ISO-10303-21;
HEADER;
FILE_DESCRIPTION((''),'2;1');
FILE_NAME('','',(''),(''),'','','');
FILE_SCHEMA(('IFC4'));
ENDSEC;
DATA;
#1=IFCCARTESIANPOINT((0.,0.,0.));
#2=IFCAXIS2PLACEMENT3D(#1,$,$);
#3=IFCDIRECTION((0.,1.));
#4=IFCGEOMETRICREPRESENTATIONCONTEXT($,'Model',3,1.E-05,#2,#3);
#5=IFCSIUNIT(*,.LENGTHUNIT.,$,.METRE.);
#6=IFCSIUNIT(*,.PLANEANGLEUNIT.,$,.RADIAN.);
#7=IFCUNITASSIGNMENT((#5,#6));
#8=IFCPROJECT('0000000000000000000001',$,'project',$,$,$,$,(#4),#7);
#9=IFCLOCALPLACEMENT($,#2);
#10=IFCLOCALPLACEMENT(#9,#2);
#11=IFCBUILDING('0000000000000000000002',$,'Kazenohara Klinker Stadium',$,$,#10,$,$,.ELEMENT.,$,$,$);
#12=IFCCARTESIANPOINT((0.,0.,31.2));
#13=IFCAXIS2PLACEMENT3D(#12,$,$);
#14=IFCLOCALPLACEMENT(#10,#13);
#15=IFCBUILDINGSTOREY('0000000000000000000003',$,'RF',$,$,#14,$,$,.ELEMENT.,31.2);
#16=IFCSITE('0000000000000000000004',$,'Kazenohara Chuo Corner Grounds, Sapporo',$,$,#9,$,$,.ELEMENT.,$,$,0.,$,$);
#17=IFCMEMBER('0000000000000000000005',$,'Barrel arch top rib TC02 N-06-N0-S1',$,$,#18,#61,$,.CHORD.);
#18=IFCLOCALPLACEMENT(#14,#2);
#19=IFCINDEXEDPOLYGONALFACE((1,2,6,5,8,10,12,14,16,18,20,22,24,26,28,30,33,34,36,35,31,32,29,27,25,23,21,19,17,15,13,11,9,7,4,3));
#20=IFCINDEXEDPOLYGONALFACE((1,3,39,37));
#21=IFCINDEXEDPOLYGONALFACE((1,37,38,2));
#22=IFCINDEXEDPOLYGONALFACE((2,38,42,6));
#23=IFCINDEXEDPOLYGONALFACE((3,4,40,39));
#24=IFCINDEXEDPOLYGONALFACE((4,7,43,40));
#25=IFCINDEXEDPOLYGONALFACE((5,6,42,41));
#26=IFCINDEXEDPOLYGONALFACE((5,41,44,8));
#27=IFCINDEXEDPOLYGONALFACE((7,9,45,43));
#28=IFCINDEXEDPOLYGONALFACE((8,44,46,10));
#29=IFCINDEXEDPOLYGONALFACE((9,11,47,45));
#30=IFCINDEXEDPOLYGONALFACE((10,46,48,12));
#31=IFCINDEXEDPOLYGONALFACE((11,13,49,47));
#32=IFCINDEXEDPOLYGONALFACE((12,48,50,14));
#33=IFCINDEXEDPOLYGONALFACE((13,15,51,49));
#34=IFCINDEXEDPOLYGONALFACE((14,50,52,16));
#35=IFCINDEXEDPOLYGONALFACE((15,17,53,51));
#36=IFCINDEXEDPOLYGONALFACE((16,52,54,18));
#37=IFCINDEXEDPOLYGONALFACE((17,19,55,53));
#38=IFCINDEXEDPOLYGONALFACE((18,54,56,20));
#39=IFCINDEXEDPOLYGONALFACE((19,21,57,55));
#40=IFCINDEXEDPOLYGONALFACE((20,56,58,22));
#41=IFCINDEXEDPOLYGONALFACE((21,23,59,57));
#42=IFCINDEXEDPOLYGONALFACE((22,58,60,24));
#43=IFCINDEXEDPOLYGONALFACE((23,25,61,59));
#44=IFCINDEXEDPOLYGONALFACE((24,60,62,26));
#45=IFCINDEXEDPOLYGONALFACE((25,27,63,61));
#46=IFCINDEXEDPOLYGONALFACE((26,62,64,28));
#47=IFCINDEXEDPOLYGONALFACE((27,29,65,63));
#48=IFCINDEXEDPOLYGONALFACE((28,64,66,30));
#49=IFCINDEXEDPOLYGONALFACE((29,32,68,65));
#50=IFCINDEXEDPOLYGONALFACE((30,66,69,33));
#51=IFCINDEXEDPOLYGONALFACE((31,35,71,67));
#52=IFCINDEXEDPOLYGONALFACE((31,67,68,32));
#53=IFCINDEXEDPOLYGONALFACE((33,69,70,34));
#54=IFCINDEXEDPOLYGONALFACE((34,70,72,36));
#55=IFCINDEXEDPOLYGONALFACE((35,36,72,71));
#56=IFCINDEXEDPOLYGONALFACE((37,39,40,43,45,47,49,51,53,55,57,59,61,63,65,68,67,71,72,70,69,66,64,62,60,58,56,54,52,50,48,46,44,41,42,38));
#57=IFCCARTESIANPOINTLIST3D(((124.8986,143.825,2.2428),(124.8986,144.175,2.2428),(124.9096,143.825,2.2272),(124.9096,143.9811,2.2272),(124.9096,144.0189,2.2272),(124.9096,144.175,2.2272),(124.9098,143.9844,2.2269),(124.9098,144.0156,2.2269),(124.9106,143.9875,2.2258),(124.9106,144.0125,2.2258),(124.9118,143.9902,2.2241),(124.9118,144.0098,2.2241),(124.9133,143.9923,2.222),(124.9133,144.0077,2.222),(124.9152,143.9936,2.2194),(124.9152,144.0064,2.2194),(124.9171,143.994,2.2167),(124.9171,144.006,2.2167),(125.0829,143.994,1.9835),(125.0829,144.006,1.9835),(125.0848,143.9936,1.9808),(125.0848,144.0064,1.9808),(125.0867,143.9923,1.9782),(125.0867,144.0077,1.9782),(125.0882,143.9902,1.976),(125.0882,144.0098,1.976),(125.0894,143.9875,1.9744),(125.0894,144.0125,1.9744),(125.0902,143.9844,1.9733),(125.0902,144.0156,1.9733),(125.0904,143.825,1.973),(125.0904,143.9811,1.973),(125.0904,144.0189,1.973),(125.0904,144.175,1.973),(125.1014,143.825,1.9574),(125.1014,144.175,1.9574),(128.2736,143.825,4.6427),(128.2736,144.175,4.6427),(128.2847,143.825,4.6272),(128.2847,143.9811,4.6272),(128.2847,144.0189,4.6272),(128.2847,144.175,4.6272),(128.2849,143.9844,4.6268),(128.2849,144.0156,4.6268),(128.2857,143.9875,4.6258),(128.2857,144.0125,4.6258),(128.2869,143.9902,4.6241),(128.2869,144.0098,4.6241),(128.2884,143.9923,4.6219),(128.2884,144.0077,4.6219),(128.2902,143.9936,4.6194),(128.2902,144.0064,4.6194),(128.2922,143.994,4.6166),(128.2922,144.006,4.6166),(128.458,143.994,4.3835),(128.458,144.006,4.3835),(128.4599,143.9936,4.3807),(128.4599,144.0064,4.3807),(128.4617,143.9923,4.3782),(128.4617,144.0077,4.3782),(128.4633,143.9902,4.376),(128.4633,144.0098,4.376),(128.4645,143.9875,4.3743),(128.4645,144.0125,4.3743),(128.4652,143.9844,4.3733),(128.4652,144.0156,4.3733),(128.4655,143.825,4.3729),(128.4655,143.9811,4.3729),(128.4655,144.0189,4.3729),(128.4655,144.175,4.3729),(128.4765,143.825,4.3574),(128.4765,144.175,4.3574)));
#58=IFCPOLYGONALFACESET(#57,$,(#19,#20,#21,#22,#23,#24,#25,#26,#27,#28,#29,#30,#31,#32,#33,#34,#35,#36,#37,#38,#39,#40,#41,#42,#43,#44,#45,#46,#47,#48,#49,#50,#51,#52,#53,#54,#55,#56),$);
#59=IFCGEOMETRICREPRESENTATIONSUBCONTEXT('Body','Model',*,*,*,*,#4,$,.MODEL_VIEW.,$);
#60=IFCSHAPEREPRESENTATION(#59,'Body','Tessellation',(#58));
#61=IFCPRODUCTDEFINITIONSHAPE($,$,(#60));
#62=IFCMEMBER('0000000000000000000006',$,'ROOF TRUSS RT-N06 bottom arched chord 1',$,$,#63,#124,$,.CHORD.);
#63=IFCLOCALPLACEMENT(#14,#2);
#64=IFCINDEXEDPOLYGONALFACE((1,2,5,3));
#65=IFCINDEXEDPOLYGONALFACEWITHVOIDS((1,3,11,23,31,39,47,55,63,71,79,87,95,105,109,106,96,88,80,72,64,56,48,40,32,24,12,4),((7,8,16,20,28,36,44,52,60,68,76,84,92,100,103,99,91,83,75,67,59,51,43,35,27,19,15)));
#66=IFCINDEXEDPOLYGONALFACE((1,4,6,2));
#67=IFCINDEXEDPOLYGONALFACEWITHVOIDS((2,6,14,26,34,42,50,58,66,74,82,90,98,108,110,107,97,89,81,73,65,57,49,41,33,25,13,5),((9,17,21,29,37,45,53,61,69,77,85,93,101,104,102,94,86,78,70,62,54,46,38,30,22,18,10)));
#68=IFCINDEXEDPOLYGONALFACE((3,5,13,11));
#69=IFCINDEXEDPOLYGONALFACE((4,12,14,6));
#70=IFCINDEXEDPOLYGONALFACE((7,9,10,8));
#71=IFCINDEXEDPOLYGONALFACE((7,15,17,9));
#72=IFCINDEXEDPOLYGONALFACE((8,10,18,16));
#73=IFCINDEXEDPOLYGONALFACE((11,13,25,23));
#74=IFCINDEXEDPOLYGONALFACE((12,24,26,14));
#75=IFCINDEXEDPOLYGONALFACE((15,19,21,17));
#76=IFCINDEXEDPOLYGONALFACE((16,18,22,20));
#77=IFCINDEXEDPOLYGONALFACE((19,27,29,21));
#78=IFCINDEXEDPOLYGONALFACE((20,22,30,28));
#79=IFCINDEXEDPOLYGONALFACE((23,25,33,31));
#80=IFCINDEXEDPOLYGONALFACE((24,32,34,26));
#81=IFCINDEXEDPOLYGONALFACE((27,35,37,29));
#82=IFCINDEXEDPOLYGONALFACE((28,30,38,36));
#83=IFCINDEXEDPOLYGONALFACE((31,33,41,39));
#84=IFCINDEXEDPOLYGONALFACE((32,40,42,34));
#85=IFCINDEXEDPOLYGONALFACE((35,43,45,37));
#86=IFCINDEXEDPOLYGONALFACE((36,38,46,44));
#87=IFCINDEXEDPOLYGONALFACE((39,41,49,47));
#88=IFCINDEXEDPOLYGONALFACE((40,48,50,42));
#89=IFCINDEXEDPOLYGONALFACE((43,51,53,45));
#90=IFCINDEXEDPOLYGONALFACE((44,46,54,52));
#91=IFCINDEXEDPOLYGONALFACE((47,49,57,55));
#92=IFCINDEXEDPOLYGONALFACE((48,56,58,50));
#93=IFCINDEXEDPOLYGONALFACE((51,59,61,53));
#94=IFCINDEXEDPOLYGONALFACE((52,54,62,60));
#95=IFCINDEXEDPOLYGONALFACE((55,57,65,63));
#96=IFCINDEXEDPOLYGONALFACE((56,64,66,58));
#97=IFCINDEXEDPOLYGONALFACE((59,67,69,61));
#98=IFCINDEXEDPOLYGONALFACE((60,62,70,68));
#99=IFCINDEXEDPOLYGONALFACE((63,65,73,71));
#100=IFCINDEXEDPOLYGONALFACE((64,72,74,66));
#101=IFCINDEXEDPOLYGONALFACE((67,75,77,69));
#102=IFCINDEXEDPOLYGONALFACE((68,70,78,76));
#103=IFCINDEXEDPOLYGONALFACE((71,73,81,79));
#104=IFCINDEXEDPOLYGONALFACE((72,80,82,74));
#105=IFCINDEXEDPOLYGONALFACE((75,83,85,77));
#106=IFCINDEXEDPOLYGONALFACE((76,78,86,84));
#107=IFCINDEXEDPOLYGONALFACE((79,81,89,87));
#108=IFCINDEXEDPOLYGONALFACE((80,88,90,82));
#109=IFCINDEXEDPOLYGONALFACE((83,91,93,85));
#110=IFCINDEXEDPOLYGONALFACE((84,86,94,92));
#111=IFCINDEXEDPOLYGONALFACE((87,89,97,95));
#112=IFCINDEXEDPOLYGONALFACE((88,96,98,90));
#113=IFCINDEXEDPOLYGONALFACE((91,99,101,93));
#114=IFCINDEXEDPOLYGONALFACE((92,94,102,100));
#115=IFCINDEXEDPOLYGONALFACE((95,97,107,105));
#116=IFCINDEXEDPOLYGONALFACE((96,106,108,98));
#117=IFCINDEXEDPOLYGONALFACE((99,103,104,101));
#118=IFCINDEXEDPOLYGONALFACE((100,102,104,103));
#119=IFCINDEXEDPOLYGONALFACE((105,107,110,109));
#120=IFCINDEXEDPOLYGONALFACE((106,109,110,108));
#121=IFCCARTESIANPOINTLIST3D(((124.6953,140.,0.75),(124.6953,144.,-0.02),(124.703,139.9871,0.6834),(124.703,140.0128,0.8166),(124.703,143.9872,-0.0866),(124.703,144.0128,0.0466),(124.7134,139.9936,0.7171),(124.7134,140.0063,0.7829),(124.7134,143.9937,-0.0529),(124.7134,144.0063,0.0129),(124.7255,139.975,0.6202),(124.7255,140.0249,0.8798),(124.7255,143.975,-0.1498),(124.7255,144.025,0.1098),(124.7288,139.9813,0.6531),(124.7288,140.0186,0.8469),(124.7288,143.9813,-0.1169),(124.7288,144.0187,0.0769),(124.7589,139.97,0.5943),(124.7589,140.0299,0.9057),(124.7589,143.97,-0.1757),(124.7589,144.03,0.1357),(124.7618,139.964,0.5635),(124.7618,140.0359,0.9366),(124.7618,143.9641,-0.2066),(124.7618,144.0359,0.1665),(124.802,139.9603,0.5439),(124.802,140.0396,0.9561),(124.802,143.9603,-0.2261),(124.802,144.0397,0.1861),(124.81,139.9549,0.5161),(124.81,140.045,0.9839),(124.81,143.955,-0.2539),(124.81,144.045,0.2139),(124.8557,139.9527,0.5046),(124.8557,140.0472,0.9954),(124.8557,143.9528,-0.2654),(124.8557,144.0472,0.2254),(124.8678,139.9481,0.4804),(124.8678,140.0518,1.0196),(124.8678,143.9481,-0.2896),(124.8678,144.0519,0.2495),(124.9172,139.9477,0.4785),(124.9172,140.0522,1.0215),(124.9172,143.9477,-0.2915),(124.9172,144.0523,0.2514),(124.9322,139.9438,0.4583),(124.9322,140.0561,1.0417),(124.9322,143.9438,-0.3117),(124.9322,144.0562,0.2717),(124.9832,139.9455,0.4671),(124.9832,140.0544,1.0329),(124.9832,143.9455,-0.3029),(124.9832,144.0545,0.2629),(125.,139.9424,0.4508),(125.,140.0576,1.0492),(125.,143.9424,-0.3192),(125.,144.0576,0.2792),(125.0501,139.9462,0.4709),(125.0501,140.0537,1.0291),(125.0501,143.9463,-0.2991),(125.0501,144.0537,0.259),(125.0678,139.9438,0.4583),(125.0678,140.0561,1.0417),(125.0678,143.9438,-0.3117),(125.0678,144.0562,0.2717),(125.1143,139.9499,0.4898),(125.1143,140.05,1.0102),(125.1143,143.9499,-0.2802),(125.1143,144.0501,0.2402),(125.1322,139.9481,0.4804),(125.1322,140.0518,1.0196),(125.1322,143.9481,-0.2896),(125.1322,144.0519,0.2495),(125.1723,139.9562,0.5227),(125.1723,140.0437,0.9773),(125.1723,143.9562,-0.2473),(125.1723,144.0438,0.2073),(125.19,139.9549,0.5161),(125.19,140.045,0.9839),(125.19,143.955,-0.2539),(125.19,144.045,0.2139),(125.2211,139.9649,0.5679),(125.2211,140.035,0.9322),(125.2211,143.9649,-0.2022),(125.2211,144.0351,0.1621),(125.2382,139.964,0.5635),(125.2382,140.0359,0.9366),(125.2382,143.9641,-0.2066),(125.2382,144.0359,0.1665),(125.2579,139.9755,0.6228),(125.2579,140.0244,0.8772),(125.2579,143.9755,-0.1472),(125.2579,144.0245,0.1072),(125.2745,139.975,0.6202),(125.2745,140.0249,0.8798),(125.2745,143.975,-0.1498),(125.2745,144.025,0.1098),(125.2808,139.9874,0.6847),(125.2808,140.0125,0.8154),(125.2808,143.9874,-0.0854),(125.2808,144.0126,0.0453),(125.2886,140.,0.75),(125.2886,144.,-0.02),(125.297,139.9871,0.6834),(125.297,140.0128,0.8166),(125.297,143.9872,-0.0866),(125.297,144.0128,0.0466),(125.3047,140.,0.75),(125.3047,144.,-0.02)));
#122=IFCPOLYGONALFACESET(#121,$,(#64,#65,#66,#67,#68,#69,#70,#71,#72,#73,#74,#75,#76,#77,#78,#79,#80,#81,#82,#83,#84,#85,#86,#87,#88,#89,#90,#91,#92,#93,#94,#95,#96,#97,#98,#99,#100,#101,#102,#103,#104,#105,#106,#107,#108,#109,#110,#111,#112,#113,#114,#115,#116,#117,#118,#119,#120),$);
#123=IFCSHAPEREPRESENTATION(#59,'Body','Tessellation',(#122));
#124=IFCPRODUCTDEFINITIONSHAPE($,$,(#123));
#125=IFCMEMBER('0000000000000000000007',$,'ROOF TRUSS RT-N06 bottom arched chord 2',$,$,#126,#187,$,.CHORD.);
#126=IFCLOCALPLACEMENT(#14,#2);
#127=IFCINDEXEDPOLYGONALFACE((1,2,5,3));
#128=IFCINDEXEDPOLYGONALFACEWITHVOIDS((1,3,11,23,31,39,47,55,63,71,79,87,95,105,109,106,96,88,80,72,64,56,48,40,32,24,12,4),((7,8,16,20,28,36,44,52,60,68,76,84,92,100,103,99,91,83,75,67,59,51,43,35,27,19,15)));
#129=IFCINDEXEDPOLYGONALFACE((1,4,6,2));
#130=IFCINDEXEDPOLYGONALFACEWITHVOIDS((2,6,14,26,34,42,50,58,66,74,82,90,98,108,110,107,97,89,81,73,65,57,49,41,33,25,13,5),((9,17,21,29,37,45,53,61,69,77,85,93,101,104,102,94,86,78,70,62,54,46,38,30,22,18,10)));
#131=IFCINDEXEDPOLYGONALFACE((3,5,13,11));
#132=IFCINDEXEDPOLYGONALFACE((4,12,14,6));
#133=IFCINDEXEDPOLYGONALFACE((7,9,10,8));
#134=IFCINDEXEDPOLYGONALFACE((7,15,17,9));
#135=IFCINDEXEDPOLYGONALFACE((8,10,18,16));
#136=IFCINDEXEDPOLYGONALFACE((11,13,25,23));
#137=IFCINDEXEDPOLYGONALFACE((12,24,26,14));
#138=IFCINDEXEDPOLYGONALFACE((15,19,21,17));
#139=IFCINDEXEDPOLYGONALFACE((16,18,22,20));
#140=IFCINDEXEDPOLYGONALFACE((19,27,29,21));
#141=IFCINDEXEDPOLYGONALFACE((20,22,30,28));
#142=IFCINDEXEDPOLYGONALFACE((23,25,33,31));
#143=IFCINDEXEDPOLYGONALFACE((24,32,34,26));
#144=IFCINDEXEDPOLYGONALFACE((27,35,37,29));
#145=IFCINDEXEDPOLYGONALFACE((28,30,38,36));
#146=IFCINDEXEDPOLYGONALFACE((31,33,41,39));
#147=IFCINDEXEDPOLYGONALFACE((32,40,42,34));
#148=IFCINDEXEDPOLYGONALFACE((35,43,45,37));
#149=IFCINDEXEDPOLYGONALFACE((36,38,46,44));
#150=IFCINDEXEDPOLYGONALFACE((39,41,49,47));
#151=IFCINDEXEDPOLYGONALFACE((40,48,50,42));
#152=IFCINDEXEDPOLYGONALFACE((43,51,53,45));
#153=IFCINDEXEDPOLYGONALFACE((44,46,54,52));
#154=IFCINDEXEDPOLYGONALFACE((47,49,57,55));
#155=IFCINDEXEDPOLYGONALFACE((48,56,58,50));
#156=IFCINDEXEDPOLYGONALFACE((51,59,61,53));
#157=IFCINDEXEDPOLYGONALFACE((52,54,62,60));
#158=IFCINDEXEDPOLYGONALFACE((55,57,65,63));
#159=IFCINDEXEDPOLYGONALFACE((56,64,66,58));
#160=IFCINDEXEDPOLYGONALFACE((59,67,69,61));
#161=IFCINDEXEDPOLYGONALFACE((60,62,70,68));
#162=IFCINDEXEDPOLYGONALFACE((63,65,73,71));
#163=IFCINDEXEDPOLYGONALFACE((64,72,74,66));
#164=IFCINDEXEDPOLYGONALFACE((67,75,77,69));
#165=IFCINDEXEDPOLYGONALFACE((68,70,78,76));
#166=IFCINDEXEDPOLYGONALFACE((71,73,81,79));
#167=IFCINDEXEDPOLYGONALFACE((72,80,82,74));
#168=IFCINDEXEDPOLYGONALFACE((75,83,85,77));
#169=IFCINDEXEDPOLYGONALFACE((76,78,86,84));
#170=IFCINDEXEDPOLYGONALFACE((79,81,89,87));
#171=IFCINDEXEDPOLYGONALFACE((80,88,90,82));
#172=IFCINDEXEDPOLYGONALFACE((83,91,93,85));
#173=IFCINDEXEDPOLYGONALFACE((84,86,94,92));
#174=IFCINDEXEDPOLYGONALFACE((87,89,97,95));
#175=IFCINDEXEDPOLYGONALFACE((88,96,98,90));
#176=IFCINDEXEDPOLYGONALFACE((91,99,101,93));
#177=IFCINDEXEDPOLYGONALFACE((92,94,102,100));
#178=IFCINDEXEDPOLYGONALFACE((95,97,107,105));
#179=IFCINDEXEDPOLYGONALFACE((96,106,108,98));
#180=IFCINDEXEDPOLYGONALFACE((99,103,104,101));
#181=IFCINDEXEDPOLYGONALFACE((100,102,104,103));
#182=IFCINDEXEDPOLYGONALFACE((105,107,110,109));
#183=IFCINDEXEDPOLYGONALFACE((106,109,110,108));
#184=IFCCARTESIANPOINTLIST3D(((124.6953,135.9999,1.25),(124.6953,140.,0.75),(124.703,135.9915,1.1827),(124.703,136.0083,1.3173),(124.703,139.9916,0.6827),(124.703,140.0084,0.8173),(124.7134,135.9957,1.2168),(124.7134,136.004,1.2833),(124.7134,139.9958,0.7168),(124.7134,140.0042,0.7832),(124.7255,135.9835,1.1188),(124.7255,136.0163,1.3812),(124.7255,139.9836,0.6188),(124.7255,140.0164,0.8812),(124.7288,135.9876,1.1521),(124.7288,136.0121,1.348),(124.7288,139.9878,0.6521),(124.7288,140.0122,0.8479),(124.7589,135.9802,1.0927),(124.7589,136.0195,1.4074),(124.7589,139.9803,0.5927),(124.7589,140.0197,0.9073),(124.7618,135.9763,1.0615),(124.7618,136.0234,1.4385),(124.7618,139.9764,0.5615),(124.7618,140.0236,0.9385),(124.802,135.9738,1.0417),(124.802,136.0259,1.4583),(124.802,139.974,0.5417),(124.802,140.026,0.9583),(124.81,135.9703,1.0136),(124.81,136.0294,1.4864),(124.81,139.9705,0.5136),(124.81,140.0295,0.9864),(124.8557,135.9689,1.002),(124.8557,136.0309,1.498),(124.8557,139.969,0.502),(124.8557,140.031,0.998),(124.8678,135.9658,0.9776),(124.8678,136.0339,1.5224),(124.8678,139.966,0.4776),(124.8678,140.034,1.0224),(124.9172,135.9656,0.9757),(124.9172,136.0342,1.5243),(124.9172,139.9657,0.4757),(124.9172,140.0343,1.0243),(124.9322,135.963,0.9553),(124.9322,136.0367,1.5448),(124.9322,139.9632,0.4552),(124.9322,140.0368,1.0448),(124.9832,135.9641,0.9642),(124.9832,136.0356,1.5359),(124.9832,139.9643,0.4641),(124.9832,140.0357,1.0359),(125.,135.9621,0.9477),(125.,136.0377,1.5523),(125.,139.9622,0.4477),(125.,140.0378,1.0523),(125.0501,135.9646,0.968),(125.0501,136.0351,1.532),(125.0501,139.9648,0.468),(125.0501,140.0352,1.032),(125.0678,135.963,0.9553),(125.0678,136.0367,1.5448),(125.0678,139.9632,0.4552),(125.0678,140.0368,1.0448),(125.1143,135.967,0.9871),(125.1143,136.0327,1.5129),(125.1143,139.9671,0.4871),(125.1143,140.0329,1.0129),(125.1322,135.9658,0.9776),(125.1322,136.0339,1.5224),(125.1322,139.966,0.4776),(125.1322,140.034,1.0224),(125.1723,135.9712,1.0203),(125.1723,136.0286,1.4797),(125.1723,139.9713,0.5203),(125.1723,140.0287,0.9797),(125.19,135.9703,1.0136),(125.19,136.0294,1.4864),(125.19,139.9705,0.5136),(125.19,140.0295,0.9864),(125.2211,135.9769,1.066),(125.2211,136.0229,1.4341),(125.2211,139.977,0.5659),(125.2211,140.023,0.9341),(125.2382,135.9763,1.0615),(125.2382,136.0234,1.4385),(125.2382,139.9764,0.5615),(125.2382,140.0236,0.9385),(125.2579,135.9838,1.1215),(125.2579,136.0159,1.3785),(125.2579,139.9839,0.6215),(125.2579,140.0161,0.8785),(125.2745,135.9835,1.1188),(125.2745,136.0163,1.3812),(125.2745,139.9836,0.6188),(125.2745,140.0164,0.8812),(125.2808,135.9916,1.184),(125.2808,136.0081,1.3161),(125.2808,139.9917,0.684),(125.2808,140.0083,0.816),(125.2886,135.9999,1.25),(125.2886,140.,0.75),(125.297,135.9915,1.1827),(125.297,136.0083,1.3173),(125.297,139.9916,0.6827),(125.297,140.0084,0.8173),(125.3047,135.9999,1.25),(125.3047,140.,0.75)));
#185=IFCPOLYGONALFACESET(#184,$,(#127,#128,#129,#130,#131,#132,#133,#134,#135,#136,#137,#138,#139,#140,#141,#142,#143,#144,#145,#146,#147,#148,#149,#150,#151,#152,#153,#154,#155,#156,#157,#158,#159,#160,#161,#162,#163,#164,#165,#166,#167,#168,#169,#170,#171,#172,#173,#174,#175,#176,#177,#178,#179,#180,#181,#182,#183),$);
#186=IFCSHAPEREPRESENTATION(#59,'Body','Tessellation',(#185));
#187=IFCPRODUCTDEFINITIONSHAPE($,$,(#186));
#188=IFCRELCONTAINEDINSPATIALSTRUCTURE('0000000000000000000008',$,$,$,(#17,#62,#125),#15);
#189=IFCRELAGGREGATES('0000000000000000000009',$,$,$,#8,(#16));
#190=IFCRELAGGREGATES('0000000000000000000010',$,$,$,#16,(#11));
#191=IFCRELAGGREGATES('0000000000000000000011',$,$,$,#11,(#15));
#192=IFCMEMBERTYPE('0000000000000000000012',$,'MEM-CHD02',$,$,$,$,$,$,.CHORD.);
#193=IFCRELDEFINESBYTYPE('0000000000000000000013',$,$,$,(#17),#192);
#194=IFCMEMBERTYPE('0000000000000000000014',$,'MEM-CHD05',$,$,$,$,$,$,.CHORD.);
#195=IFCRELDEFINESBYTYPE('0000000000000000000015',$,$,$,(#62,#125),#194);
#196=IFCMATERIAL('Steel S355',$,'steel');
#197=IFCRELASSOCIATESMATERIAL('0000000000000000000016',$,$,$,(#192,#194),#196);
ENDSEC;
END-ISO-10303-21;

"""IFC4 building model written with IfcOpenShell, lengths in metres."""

from ifc_helpers import new_model, si_unit, direction, frame, origin, origin_2d, place, context, subcontext, project, spatial, hollow_circle, i_section, extrude, material, material_profile, profile_set, type_object, element, save


model = new_model("IFC4")

# Units and contexts
model_context = context("Model", 3, precision=1e-05, world=origin(), true_north=direction((0.0, 1.0)))
body_context = subcontext(model_context, "Body", "Model", "MODEL_VIEW")
ifc_project = project(units=[si_unit("LENGTHUNIT", "METRE"), si_unit("PLANEANGLEUNIT", "RADIAN")], contexts=[model_context])

# Site, building, storey
site_placement = place(None, origin())
site = spatial("IfcSite", under=ifc_project, at=site_placement, Name="Kazenohara Chuo Corner Grounds, Sapporo", CompositionType="ELEMENT", RefElevation=0.0)
building_placement = place(site_placement, origin())
building = spatial("IfcBuilding", under=site, at=building_placement, Name="Kazenohara Klinker Stadium", CompositionType="ELEMENT")
storey_placement = place(building_placement, frame((0.0, 0.0, 31.2)))
storey = spatial("IfcBuildingStorey", under=building, at=storey_placement, Name="RF", CompositionType="ELEMENT", Elevation=31.2)

# Members
ifc_material_1 = material(Name="Steel S355", Category="steel")
ifc_material_profile_1 = material_profile(ifc_material_1, i_section(OverallWidth=0.3501, OverallDepth=0.3501, WebThickness=0.012, FlangeThickness=0.019, FilletRadius=0.0129, at=origin_2d()), Name="H-350x350x12x19")
ifc_profile_set_1 = profile_set([ifc_material_profile_1], Name="Steel S355")
member_type_1 = type_object("IfcMemberType", Name="MEM-CHD02", PredefinedType="CHORD", material=ifc_profile_set_1)
member_1_placement = place(storey_placement, frame((125.0, 144.0, 2.1001), z_axis=(0.814966, 0.0, 0.579508), x_axis=(0.0, 1.0, 0.0)))
element("IfcMember", 1, at=member_1_placement, inside=storey, type_object=member_type_1, Name="Barrel arch top rib TC02 N-06-N0-S1", PredefinedType="CHORD", context=body_context, shape_type="SweptSolid", body=[
    extrude(i_section(OverallWidth=0.3501, OverallDepth=0.3501, WebThickness=0.012, FlangeThickness=0.019, FilletRadius=0.0129, at=origin_2d()), origin(), (0.0, 0.0, 1.0), 4.1414),
])
ifc_material_profile_2 = material_profile(ifc_material_1, hollow_circle(Radius=0.3047, WallThickness=0.0161, at=origin_2d()), Name="CHS-609.6x16")
ifc_profile_set_2 = profile_set([ifc_material_profile_2], Name="Steel S355")
member_type_2 = type_object("IfcMemberType", Name="MEM-CHD05", PredefinedType="CHORD", material=ifc_profile_set_2)
member_2_placement = place(storey_placement, frame((125.0, 144.0, -0.02), z_axis=(0.0, -0.981971, 0.189034), x_axis=(1.0, 0.0, 0.0)))
element("IfcMember", 2, at=member_2_placement, inside=storey, type_object=member_type_2, Name="ROOF TRUSS RT-N06 bottom arched chord 1", PredefinedType="CHORD", context=body_context, shape_type="SweptSolid", body=[
    extrude(hollow_circle(Radius=0.3047, WallThickness=0.0161, at=origin_2d()), origin(), (0.0, 0.0, 1.0), 4.0735),
])
member_3_placement = place(storey_placement, frame((125.0, 140.0, 0.75), z_axis=(0.0, -0.992278, 0.124035), x_axis=(1.0, 0.0, 0.0)))
element("IfcMember", 3, at=member_3_placement, inside=storey, type_object=member_type_2, Name="ROOF TRUSS RT-N06 bottom arched chord 2", PredefinedType="CHORD", context=body_context, shape_type="SweptSolid", body=[
    extrude(hollow_circle(Radius=0.3047, WallThickness=0.0161, at=origin_2d()), origin(), (0.0, 0.0, 1.0), 4.0312),
])

save(model, "model.ifc")
